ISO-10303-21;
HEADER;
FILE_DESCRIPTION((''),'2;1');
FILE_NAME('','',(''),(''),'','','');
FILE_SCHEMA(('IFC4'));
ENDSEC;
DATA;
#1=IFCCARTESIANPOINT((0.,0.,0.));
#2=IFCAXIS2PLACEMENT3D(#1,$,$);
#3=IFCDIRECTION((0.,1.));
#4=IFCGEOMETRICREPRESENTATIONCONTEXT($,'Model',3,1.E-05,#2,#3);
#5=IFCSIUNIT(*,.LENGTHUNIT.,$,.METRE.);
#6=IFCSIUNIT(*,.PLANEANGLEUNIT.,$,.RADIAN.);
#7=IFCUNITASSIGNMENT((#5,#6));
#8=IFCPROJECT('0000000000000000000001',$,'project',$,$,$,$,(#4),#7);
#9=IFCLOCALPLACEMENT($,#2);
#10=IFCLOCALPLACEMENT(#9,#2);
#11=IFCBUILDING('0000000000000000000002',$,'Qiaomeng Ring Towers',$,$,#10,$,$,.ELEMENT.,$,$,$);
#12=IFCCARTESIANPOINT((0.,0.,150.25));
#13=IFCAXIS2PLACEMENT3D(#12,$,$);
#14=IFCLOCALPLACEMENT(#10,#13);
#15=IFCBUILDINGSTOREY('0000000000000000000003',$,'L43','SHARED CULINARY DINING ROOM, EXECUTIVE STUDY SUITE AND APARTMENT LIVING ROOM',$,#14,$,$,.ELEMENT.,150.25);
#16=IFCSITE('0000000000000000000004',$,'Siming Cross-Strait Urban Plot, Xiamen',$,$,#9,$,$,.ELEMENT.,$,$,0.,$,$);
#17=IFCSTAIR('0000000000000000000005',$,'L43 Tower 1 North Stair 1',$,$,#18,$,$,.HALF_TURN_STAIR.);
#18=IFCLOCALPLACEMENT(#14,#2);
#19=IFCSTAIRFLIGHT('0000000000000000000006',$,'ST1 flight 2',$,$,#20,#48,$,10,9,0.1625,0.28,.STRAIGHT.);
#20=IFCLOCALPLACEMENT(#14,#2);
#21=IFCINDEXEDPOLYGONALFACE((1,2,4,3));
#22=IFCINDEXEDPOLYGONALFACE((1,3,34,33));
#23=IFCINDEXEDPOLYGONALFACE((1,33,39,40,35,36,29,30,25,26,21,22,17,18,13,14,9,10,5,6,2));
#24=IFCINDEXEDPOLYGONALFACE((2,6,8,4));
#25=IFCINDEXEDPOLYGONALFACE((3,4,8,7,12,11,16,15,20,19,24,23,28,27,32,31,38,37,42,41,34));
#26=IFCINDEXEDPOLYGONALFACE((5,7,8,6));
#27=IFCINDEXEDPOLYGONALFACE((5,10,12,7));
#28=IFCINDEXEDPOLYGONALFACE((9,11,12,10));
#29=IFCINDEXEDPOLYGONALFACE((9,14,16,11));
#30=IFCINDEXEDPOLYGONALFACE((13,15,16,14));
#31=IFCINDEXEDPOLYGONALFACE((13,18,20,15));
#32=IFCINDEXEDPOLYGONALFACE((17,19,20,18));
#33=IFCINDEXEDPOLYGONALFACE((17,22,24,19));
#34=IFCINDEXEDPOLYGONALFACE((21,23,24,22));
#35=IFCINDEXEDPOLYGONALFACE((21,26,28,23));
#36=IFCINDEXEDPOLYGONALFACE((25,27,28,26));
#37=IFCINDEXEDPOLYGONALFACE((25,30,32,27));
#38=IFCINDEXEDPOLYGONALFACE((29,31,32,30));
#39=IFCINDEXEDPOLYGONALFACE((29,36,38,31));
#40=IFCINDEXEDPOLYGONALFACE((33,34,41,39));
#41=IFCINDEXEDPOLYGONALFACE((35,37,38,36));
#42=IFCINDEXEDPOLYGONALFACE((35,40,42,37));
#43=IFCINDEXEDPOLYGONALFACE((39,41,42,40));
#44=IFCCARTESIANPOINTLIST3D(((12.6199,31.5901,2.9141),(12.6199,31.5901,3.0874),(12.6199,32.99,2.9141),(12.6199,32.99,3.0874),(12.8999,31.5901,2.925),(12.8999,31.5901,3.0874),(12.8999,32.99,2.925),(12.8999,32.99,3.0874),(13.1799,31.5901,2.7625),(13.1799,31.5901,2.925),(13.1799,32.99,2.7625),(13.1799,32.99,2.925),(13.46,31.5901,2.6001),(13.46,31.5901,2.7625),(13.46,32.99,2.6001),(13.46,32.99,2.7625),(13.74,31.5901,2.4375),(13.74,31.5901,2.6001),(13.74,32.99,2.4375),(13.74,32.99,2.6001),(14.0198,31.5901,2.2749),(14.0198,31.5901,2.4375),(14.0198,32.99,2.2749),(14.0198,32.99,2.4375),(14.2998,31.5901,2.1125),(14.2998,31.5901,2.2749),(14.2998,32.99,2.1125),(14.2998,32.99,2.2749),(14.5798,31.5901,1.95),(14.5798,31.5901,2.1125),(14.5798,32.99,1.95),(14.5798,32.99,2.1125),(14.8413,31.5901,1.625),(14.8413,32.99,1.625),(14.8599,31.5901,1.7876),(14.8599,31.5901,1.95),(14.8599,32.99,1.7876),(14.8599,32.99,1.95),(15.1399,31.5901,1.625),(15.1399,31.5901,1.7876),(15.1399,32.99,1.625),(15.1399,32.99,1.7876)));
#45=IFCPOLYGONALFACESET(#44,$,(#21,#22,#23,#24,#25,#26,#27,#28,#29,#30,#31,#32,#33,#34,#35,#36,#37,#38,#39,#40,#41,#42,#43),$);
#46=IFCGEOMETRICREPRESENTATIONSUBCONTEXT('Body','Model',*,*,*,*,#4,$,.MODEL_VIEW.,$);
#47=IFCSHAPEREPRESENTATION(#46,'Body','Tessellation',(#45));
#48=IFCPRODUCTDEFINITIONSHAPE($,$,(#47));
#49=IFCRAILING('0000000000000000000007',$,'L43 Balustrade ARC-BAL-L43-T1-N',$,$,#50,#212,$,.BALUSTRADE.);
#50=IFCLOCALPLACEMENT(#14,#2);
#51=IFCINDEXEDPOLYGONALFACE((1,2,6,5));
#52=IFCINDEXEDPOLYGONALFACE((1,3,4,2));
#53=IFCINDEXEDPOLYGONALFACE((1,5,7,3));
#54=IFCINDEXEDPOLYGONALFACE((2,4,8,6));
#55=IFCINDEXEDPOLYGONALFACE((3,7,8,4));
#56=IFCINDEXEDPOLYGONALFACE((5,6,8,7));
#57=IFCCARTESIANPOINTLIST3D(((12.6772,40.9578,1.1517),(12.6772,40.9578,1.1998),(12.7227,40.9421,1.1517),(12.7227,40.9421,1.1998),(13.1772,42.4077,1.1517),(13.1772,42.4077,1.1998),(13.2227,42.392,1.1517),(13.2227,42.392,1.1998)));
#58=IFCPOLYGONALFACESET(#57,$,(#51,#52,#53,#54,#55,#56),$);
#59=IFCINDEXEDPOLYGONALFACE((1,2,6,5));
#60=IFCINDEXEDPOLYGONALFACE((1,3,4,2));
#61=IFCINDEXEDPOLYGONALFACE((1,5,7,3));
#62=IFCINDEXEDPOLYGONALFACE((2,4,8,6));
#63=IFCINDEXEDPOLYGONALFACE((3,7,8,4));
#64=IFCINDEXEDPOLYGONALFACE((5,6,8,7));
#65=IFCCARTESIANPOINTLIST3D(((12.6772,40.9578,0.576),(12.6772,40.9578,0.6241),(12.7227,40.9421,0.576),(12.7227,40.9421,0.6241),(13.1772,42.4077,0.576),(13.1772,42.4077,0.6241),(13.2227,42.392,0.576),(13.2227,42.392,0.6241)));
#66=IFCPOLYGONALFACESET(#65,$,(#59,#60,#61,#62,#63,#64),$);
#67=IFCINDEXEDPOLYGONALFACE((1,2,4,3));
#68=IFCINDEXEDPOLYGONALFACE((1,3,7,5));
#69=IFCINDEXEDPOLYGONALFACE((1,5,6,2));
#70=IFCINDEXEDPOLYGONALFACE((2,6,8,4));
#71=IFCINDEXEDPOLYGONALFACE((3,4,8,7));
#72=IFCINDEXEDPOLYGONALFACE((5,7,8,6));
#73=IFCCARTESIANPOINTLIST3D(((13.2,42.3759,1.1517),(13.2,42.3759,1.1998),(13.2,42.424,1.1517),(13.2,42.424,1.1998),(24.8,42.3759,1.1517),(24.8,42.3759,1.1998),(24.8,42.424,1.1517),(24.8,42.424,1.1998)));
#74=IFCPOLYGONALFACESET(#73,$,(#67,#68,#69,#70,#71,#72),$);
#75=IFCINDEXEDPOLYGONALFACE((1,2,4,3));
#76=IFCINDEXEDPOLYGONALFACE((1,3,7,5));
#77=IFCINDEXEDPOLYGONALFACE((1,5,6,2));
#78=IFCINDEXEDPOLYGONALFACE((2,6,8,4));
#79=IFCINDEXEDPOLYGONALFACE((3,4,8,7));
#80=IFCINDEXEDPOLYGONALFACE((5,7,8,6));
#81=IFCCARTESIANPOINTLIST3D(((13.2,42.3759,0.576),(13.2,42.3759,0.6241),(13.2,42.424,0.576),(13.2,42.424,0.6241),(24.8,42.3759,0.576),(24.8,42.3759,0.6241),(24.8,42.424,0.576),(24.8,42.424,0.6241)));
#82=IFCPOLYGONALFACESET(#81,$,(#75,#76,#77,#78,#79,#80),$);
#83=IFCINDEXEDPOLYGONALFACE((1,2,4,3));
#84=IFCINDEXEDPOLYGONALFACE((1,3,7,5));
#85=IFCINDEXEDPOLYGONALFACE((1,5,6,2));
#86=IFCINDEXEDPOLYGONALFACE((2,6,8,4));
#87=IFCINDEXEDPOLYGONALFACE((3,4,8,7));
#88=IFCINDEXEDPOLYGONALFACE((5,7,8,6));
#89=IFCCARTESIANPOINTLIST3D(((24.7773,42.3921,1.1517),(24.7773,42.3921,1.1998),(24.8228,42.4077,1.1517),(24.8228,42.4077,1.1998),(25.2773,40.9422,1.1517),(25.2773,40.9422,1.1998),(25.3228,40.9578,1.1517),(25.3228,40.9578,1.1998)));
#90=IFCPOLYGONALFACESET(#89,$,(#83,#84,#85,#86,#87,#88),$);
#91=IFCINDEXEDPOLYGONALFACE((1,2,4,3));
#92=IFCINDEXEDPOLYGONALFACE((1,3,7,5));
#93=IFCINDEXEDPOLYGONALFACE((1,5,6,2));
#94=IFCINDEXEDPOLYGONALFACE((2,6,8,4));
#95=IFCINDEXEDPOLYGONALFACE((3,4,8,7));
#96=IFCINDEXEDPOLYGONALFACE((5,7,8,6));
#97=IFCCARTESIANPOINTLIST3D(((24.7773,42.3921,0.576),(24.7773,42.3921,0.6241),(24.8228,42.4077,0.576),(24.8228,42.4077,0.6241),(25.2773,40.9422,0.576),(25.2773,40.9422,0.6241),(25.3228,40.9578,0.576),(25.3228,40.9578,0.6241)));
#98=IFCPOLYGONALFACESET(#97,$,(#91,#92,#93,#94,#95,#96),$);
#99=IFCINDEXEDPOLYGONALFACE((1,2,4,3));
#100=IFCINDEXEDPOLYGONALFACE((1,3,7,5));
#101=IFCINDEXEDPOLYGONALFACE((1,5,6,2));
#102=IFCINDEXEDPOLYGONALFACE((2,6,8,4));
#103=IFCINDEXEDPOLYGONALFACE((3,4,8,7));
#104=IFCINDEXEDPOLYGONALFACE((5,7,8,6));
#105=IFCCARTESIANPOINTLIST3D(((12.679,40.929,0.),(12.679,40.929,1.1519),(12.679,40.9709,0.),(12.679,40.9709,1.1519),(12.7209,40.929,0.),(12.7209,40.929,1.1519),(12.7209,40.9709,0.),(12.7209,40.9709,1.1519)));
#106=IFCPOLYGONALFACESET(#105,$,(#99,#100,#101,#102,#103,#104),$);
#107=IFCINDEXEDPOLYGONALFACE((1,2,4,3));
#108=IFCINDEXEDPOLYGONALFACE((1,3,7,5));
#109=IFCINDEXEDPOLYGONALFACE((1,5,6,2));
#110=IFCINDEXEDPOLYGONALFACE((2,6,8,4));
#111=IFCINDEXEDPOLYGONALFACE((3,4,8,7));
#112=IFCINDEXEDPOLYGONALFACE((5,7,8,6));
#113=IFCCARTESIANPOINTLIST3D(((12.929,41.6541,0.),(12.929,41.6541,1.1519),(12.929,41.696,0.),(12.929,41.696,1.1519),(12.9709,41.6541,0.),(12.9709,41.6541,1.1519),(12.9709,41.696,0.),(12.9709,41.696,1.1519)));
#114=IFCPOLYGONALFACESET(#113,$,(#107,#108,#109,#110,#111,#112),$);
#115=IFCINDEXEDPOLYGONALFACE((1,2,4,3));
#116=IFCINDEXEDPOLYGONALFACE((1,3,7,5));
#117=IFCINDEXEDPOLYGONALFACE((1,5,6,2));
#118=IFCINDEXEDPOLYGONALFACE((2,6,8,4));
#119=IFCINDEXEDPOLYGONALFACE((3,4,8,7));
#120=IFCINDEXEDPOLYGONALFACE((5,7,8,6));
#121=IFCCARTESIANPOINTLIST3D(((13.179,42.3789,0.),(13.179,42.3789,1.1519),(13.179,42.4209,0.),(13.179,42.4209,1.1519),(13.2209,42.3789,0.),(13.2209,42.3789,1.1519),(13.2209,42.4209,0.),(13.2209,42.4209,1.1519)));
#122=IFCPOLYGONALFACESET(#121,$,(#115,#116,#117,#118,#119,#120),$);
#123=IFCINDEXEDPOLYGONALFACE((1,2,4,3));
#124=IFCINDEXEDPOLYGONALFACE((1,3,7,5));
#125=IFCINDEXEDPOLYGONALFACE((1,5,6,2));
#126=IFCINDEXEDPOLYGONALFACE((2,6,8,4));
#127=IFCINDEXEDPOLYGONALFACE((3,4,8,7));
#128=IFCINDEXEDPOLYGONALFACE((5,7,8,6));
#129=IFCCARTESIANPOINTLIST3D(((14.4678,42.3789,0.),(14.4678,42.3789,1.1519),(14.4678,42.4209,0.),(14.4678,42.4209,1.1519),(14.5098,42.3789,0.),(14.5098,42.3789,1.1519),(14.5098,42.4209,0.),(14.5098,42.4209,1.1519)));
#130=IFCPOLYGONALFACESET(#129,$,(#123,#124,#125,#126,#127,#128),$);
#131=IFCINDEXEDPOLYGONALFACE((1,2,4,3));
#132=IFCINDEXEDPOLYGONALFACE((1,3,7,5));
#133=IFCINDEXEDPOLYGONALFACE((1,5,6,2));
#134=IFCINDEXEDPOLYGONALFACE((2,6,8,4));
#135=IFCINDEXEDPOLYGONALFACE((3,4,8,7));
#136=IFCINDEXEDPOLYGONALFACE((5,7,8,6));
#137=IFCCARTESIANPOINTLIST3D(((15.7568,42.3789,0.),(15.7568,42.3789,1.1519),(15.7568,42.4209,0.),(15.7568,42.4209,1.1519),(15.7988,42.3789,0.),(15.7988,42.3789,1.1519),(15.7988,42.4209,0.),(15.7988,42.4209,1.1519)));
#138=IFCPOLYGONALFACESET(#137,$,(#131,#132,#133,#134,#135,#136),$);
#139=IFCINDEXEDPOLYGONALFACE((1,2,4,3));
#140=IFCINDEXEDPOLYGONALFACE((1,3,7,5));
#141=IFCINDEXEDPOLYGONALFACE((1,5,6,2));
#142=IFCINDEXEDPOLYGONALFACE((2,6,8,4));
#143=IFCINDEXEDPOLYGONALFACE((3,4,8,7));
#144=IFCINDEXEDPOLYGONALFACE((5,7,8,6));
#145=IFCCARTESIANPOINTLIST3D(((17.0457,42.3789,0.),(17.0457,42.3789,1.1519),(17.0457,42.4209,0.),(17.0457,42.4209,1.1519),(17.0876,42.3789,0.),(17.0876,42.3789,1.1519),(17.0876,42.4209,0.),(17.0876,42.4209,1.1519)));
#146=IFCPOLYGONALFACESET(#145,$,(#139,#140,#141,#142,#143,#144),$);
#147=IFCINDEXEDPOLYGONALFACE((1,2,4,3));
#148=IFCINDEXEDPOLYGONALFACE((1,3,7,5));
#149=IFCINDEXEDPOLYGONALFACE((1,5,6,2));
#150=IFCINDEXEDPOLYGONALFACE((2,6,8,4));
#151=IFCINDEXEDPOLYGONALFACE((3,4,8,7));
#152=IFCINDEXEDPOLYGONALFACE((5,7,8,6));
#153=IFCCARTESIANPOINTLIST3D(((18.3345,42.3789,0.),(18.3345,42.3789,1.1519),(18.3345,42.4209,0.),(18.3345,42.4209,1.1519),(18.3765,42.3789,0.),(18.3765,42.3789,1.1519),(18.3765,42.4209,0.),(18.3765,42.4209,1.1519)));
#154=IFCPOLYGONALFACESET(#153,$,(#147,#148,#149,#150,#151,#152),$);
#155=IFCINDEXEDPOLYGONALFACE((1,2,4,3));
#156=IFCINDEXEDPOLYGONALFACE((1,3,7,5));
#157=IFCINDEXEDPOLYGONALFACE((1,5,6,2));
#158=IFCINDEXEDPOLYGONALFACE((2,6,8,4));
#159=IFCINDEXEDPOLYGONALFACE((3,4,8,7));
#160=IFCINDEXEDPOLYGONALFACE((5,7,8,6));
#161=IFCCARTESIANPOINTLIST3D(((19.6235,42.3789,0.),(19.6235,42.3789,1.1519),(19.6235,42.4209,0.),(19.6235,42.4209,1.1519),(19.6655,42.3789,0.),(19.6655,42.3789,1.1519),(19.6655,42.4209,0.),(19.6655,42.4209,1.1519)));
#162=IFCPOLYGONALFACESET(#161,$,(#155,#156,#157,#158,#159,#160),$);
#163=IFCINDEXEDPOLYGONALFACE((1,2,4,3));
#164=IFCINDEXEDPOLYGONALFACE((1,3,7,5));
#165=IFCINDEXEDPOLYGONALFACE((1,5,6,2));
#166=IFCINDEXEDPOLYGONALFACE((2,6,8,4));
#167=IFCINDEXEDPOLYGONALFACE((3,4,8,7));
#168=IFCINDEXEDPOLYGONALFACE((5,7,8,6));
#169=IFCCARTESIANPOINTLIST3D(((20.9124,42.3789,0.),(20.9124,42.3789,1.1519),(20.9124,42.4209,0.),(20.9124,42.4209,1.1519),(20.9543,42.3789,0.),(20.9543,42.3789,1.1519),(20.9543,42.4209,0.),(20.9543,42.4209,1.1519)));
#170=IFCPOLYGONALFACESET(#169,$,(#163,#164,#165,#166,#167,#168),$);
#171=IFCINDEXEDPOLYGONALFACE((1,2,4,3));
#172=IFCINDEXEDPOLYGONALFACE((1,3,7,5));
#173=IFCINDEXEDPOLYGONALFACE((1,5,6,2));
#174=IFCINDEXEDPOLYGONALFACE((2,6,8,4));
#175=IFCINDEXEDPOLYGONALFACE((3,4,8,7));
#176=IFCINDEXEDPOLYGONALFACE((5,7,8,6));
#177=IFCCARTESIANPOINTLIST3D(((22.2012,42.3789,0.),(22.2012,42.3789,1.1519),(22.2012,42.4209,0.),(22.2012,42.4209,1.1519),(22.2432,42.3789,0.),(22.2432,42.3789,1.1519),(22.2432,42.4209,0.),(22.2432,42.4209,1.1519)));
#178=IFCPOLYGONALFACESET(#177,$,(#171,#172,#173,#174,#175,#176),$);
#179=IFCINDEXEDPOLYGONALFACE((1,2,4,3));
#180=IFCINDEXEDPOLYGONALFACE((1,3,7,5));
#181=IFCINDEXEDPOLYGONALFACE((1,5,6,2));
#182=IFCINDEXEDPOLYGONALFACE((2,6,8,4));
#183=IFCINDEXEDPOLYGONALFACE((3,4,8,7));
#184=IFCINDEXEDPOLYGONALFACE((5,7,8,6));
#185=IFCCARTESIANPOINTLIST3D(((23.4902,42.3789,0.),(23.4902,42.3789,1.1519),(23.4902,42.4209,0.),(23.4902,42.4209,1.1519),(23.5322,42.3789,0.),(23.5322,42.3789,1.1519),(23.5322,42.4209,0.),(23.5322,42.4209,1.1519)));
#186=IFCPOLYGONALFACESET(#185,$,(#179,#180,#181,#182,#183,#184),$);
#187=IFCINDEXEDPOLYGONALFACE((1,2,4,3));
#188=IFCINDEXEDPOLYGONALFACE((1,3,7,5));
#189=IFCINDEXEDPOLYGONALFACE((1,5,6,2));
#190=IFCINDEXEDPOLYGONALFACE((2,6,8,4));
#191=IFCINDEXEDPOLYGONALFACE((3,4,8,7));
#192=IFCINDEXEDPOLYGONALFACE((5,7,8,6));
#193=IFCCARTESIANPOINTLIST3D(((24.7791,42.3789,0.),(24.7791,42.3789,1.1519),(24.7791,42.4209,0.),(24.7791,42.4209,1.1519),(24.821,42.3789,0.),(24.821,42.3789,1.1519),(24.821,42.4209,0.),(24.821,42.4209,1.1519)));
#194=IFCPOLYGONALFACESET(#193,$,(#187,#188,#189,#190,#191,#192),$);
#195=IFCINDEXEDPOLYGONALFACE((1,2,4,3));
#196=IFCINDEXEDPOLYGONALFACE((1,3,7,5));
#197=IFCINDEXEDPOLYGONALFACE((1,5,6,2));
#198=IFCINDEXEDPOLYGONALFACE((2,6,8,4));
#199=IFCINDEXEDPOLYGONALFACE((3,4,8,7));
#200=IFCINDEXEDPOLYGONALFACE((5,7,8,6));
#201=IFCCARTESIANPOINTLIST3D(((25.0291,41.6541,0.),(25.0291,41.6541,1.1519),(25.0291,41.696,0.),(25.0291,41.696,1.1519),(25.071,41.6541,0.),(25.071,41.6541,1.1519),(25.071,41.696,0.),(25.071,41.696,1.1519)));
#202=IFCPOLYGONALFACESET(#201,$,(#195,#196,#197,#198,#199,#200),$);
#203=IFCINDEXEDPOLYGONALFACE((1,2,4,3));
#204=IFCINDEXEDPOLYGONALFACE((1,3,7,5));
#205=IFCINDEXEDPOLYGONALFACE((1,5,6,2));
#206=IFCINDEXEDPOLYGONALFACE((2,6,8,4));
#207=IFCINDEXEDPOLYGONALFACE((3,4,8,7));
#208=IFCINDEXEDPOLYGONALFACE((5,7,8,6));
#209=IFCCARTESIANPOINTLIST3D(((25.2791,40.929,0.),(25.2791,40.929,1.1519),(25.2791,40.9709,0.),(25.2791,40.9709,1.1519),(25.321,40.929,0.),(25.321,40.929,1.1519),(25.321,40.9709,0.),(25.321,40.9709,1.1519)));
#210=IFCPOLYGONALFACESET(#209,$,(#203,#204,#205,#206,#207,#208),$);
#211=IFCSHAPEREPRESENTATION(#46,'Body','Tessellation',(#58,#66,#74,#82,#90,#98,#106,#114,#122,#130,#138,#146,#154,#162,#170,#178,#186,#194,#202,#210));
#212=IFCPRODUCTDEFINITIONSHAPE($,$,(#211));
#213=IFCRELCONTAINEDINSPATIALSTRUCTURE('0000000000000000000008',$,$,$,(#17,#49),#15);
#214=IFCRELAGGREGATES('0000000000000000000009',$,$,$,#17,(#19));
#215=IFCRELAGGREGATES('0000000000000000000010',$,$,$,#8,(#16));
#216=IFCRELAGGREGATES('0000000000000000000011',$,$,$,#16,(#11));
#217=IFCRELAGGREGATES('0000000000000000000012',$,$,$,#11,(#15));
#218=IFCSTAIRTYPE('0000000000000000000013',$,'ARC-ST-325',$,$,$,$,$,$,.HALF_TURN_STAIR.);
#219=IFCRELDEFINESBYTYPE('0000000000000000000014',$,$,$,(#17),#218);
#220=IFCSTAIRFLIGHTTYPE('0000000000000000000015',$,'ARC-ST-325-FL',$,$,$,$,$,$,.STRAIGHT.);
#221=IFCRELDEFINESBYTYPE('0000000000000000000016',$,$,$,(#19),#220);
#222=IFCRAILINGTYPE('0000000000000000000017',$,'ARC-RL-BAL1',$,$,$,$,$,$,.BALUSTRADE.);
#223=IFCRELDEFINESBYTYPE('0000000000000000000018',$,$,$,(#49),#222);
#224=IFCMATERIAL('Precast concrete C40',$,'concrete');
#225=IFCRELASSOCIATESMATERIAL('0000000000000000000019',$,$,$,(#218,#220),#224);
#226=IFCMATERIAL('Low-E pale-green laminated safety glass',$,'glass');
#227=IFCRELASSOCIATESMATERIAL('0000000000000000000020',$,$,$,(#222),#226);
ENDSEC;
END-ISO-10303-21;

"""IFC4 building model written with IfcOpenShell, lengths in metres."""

from ifc_helpers import new_model, si_unit, direction, frame, origin, origin_2d, place, context, subcontext, project, spatial, polyline, rectangle, outline, extrude, source, transform, mapped, material, type_object, element, aggregate, save


model = new_model("IFC4")

# Units and contexts
model_context = context("Model", 3, precision=1e-05, world=origin(), true_north=direction((0.0, 1.0)))
body_context = subcontext(model_context, "Body", "Model", "MODEL_VIEW")
ifc_project = project(units=[si_unit("LENGTHUNIT", "METRE"), si_unit("PLANEANGLEUNIT", "RADIAN")], contexts=[model_context])

# Site, building, storey
site_placement = place(None, origin())
site = spatial("IfcSite", under=ifc_project, at=site_placement, Name="Siming Cross-Strait Urban Plot, Xiamen", CompositionType="ELEMENT", RefElevation=0.0)
building_placement = place(site_placement, origin())
building = spatial("IfcBuilding", under=site, at=building_placement, Name="Qiaomeng Ring Towers", CompositionType="ELEMENT")
storey_placement = place(building_placement, frame((0.0, 0.0, 150.25)))
storey = spatial("IfcBuildingStorey", under=building, at=storey_placement, Name="L43", Description="SHARED CULINARY DINING ROOM, EXECUTIVE STUDY SUITE AND APARTMENT LIVING ROOM", CompositionType="ELEMENT", Elevation=150.25)

# Stair, stair flight
ifc_material_1 = material(Name="Precast concrete C40", Category="concrete")
stair_type = type_object("IfcStairType", Name="ARC-ST-325", PredefinedType="HALF_TURN_STAIR", material=ifc_material_1)
stair_placement = place(storey_placement, origin())
stair = element("IfcStair", 1, at=stair_placement, inside=storey, type_object=stair_type, Name="L43 Tower 1 North Stair 1", PredefinedType="HALF_TURN_STAIR")
stair_flight_type = type_object("IfcStairFlightType", Name="ARC-ST-325-FL", PredefinedType="STRAIGHT", material=ifc_material_1)
shared_shape_1 = source(origin(), body_context, "Body", "SweptSolid", [
    extrude(outline(polyline([(0.0, 0.0), (0.0, 0.1626), (0.28, 0.1626), (0.28, 0.325), (0.5601, 0.325), (0.5601, 0.4875), (0.8401, 0.4875), (0.8401, 0.6499), (1.1201, 0.6499), (1.1201, 0.8125), (1.3999, 0.8125), (1.3999, 0.9751), (1.6799, 0.9751), (1.6799, 1.1375), (1.96, 1.1375), (1.96, 1.3), (2.24, 1.3), (2.24, 1.4624), (2.52, 1.4624), (2.52, 1.625), (2.52, 1.2891), (0.2986, 0.0), (0.0, 0.0)])), frame((0.0, 0.7, 0.0), z_axis=(0.0, -1.0, 0.0), x_axis=(1.0, 0.0, 0.0)), (0.0, 0.0, 1.0), 1.3999),
])
stair_flight_placement = place(storey_placement, frame((15.1399, 32.29, 1.625), z_axis=(0.0, 0.0, 1.0), x_axis=(-1.0, 0.0, 0.0)))
stair_flight = element("IfcStairFlight", 2, at=stair_flight_placement, type_object=stair_flight_type, Name="ST1 flight 2", NumberOfRisers=10, NumberOfTreads=9, PredefinedType="STRAIGHT", RiserHeight=0.1625, TreadLength=0.28, context=body_context, shape_type="MappedRepresentation", body=[
    mapped(shared_shape_1, transform((0.0, 0.0, 0.0), x_axis=(1.0, 0.0, 0.0), y_axis=(0.0, 1.0, 0.0), z_axis=(0.0, 0.0, 1.0), scale=1.0)),
])
aggregate(stair, [stair_flight])

# Railing
ifc_material_2 = material(Name="Low-E pale-green laminated safety glass", Category="glass")
railing_type_1 = type_object("IfcRailingType", Name="ARC-RL-BAL1", PredefinedType="BALUSTRADE", material=ifc_material_2)
railing_1_placement = place(storey_placement, frame((12.7, 40.95, 0.0)))
element("IfcRailing", 3, at=railing_1_placement, inside=storey, type_object=railing_type_1, Name="L43 Balustrade ARC-BAL-L43-T1-N", PredefinedType="BALUSTRADE", context=body_context, shape_type="SweptSolid", body=[
    extrude(rectangle(XDim=0.0481, YDim=0.0481, at=origin_2d()), frame((0.0, 0.0, 1.1758), z_axis=(0.326, 0.94537, 0.0), x_axis=(-0.94537, 0.326, 0.0)), (0.0, 0.0, 1.0), 1.5337),
    extrude(rectangle(XDim=0.0481, YDim=0.0481, at=origin_2d()), frame((0.0, 0.0, 0.6001), z_axis=(0.326, 0.94537, 0.0), x_axis=(-0.94537, 0.326, 0.0)), (0.0, 0.0, 1.0), 1.5337),
    extrude(rectangle(XDim=0.0481, YDim=0.0481, at=origin_2d()), frame((0.5, 1.45, 1.1758), z_axis=(1.0, 0.0, 0.0), x_axis=(0.0, 1.0, 0.0)), (0.0, 0.0, 1.0), 11.6001),
    extrude(rectangle(XDim=0.0481, YDim=0.0481, at=origin_2d()), frame((0.5, 1.45, 0.6001), z_axis=(1.0, 0.0, 0.0), x_axis=(0.0, 1.0, 0.0)), (0.0, 0.0, 1.0), 11.6001),
    extrude(rectangle(XDim=0.0481, YDim=0.0481, at=origin_2d()), frame((12.1001, 1.45, 1.1758), z_axis=(0.326, -0.94537, 0.0), x_axis=(0.94537, 0.326, 0.0)), (0.0, 0.0, 1.0), 1.5337),
    extrude(rectangle(XDim=0.0481, YDim=0.0481, at=origin_2d()), frame((12.1001, 1.45, 0.6001), z_axis=(0.326, -0.94537, 0.0), x_axis=(0.94537, 0.326, 0.0)), (0.0, 0.0, 1.0), 1.5337),
    extrude(rectangle(XDim=0.042, YDim=0.042, at=origin_2d()), origin(), (0.0, 0.0, 1.0), 1.1519),
    extrude(rectangle(XDim=0.042, YDim=0.042, at=origin_2d()), frame((0.25, 0.7251, 0.0)), (0.0, 0.0, 1.0), 1.1519),
    extrude(rectangle(XDim=0.042, YDim=0.042, at=origin_2d()), frame((0.5, 1.45, 0.0)), (0.0, 0.0, 1.0), 1.1519),
    extrude(rectangle(XDim=0.042, YDim=0.042, at=origin_2d()), frame((1.7888, 1.45, 0.0)), (0.0, 0.0, 1.0), 1.1519),
    extrude(rectangle(XDim=0.042, YDim=0.042, at=origin_2d()), frame((3.0779, 1.45, 0.0)), (0.0, 0.0, 1.0), 1.1519),
    extrude(rectangle(XDim=0.042, YDim=0.042, at=origin_2d()), frame((4.3667, 1.45, 0.0)), (0.0, 0.0, 1.0), 1.1519),
    extrude(rectangle(XDim=0.042, YDim=0.042, at=origin_2d()), frame((5.6555, 1.45, 0.0)), (0.0, 0.0, 1.0), 1.1519),
    extrude(rectangle(XDim=0.042, YDim=0.042, at=origin_2d()), frame((6.9446, 1.45, 0.0)), (0.0, 0.0, 1.0), 1.1519),
    extrude(rectangle(XDim=0.042, YDim=0.042, at=origin_2d()), frame((8.2334, 1.45, 0.0)), (0.0, 0.0, 1.0), 1.1519),
    extrude(rectangle(XDim=0.042, YDim=0.042, at=origin_2d()), frame((9.5222, 1.45, 0.0)), (0.0, 0.0, 1.0), 1.1519),
    extrude(rectangle(XDim=0.042, YDim=0.042, at=origin_2d()), frame((10.8113, 1.45, 0.0)), (0.0, 0.0, 1.0), 1.1519),
    extrude(rectangle(XDim=0.042, YDim=0.042, at=origin_2d()), frame((12.1001, 1.45, 0.0)), (0.0, 0.0, 1.0), 1.1519),
    extrude(rectangle(XDim=0.042, YDim=0.042, at=origin_2d()), frame((12.3501, 0.7251, 0.0)), (0.0, 0.0, 1.0), 1.1519),
    extrude(rectangle(XDim=0.042, YDim=0.042, at=origin_2d()), frame((12.6001, 0.0, 0.0)), (0.0, 0.0, 1.0), 1.1519),
])

save(model, "model.ifc")
